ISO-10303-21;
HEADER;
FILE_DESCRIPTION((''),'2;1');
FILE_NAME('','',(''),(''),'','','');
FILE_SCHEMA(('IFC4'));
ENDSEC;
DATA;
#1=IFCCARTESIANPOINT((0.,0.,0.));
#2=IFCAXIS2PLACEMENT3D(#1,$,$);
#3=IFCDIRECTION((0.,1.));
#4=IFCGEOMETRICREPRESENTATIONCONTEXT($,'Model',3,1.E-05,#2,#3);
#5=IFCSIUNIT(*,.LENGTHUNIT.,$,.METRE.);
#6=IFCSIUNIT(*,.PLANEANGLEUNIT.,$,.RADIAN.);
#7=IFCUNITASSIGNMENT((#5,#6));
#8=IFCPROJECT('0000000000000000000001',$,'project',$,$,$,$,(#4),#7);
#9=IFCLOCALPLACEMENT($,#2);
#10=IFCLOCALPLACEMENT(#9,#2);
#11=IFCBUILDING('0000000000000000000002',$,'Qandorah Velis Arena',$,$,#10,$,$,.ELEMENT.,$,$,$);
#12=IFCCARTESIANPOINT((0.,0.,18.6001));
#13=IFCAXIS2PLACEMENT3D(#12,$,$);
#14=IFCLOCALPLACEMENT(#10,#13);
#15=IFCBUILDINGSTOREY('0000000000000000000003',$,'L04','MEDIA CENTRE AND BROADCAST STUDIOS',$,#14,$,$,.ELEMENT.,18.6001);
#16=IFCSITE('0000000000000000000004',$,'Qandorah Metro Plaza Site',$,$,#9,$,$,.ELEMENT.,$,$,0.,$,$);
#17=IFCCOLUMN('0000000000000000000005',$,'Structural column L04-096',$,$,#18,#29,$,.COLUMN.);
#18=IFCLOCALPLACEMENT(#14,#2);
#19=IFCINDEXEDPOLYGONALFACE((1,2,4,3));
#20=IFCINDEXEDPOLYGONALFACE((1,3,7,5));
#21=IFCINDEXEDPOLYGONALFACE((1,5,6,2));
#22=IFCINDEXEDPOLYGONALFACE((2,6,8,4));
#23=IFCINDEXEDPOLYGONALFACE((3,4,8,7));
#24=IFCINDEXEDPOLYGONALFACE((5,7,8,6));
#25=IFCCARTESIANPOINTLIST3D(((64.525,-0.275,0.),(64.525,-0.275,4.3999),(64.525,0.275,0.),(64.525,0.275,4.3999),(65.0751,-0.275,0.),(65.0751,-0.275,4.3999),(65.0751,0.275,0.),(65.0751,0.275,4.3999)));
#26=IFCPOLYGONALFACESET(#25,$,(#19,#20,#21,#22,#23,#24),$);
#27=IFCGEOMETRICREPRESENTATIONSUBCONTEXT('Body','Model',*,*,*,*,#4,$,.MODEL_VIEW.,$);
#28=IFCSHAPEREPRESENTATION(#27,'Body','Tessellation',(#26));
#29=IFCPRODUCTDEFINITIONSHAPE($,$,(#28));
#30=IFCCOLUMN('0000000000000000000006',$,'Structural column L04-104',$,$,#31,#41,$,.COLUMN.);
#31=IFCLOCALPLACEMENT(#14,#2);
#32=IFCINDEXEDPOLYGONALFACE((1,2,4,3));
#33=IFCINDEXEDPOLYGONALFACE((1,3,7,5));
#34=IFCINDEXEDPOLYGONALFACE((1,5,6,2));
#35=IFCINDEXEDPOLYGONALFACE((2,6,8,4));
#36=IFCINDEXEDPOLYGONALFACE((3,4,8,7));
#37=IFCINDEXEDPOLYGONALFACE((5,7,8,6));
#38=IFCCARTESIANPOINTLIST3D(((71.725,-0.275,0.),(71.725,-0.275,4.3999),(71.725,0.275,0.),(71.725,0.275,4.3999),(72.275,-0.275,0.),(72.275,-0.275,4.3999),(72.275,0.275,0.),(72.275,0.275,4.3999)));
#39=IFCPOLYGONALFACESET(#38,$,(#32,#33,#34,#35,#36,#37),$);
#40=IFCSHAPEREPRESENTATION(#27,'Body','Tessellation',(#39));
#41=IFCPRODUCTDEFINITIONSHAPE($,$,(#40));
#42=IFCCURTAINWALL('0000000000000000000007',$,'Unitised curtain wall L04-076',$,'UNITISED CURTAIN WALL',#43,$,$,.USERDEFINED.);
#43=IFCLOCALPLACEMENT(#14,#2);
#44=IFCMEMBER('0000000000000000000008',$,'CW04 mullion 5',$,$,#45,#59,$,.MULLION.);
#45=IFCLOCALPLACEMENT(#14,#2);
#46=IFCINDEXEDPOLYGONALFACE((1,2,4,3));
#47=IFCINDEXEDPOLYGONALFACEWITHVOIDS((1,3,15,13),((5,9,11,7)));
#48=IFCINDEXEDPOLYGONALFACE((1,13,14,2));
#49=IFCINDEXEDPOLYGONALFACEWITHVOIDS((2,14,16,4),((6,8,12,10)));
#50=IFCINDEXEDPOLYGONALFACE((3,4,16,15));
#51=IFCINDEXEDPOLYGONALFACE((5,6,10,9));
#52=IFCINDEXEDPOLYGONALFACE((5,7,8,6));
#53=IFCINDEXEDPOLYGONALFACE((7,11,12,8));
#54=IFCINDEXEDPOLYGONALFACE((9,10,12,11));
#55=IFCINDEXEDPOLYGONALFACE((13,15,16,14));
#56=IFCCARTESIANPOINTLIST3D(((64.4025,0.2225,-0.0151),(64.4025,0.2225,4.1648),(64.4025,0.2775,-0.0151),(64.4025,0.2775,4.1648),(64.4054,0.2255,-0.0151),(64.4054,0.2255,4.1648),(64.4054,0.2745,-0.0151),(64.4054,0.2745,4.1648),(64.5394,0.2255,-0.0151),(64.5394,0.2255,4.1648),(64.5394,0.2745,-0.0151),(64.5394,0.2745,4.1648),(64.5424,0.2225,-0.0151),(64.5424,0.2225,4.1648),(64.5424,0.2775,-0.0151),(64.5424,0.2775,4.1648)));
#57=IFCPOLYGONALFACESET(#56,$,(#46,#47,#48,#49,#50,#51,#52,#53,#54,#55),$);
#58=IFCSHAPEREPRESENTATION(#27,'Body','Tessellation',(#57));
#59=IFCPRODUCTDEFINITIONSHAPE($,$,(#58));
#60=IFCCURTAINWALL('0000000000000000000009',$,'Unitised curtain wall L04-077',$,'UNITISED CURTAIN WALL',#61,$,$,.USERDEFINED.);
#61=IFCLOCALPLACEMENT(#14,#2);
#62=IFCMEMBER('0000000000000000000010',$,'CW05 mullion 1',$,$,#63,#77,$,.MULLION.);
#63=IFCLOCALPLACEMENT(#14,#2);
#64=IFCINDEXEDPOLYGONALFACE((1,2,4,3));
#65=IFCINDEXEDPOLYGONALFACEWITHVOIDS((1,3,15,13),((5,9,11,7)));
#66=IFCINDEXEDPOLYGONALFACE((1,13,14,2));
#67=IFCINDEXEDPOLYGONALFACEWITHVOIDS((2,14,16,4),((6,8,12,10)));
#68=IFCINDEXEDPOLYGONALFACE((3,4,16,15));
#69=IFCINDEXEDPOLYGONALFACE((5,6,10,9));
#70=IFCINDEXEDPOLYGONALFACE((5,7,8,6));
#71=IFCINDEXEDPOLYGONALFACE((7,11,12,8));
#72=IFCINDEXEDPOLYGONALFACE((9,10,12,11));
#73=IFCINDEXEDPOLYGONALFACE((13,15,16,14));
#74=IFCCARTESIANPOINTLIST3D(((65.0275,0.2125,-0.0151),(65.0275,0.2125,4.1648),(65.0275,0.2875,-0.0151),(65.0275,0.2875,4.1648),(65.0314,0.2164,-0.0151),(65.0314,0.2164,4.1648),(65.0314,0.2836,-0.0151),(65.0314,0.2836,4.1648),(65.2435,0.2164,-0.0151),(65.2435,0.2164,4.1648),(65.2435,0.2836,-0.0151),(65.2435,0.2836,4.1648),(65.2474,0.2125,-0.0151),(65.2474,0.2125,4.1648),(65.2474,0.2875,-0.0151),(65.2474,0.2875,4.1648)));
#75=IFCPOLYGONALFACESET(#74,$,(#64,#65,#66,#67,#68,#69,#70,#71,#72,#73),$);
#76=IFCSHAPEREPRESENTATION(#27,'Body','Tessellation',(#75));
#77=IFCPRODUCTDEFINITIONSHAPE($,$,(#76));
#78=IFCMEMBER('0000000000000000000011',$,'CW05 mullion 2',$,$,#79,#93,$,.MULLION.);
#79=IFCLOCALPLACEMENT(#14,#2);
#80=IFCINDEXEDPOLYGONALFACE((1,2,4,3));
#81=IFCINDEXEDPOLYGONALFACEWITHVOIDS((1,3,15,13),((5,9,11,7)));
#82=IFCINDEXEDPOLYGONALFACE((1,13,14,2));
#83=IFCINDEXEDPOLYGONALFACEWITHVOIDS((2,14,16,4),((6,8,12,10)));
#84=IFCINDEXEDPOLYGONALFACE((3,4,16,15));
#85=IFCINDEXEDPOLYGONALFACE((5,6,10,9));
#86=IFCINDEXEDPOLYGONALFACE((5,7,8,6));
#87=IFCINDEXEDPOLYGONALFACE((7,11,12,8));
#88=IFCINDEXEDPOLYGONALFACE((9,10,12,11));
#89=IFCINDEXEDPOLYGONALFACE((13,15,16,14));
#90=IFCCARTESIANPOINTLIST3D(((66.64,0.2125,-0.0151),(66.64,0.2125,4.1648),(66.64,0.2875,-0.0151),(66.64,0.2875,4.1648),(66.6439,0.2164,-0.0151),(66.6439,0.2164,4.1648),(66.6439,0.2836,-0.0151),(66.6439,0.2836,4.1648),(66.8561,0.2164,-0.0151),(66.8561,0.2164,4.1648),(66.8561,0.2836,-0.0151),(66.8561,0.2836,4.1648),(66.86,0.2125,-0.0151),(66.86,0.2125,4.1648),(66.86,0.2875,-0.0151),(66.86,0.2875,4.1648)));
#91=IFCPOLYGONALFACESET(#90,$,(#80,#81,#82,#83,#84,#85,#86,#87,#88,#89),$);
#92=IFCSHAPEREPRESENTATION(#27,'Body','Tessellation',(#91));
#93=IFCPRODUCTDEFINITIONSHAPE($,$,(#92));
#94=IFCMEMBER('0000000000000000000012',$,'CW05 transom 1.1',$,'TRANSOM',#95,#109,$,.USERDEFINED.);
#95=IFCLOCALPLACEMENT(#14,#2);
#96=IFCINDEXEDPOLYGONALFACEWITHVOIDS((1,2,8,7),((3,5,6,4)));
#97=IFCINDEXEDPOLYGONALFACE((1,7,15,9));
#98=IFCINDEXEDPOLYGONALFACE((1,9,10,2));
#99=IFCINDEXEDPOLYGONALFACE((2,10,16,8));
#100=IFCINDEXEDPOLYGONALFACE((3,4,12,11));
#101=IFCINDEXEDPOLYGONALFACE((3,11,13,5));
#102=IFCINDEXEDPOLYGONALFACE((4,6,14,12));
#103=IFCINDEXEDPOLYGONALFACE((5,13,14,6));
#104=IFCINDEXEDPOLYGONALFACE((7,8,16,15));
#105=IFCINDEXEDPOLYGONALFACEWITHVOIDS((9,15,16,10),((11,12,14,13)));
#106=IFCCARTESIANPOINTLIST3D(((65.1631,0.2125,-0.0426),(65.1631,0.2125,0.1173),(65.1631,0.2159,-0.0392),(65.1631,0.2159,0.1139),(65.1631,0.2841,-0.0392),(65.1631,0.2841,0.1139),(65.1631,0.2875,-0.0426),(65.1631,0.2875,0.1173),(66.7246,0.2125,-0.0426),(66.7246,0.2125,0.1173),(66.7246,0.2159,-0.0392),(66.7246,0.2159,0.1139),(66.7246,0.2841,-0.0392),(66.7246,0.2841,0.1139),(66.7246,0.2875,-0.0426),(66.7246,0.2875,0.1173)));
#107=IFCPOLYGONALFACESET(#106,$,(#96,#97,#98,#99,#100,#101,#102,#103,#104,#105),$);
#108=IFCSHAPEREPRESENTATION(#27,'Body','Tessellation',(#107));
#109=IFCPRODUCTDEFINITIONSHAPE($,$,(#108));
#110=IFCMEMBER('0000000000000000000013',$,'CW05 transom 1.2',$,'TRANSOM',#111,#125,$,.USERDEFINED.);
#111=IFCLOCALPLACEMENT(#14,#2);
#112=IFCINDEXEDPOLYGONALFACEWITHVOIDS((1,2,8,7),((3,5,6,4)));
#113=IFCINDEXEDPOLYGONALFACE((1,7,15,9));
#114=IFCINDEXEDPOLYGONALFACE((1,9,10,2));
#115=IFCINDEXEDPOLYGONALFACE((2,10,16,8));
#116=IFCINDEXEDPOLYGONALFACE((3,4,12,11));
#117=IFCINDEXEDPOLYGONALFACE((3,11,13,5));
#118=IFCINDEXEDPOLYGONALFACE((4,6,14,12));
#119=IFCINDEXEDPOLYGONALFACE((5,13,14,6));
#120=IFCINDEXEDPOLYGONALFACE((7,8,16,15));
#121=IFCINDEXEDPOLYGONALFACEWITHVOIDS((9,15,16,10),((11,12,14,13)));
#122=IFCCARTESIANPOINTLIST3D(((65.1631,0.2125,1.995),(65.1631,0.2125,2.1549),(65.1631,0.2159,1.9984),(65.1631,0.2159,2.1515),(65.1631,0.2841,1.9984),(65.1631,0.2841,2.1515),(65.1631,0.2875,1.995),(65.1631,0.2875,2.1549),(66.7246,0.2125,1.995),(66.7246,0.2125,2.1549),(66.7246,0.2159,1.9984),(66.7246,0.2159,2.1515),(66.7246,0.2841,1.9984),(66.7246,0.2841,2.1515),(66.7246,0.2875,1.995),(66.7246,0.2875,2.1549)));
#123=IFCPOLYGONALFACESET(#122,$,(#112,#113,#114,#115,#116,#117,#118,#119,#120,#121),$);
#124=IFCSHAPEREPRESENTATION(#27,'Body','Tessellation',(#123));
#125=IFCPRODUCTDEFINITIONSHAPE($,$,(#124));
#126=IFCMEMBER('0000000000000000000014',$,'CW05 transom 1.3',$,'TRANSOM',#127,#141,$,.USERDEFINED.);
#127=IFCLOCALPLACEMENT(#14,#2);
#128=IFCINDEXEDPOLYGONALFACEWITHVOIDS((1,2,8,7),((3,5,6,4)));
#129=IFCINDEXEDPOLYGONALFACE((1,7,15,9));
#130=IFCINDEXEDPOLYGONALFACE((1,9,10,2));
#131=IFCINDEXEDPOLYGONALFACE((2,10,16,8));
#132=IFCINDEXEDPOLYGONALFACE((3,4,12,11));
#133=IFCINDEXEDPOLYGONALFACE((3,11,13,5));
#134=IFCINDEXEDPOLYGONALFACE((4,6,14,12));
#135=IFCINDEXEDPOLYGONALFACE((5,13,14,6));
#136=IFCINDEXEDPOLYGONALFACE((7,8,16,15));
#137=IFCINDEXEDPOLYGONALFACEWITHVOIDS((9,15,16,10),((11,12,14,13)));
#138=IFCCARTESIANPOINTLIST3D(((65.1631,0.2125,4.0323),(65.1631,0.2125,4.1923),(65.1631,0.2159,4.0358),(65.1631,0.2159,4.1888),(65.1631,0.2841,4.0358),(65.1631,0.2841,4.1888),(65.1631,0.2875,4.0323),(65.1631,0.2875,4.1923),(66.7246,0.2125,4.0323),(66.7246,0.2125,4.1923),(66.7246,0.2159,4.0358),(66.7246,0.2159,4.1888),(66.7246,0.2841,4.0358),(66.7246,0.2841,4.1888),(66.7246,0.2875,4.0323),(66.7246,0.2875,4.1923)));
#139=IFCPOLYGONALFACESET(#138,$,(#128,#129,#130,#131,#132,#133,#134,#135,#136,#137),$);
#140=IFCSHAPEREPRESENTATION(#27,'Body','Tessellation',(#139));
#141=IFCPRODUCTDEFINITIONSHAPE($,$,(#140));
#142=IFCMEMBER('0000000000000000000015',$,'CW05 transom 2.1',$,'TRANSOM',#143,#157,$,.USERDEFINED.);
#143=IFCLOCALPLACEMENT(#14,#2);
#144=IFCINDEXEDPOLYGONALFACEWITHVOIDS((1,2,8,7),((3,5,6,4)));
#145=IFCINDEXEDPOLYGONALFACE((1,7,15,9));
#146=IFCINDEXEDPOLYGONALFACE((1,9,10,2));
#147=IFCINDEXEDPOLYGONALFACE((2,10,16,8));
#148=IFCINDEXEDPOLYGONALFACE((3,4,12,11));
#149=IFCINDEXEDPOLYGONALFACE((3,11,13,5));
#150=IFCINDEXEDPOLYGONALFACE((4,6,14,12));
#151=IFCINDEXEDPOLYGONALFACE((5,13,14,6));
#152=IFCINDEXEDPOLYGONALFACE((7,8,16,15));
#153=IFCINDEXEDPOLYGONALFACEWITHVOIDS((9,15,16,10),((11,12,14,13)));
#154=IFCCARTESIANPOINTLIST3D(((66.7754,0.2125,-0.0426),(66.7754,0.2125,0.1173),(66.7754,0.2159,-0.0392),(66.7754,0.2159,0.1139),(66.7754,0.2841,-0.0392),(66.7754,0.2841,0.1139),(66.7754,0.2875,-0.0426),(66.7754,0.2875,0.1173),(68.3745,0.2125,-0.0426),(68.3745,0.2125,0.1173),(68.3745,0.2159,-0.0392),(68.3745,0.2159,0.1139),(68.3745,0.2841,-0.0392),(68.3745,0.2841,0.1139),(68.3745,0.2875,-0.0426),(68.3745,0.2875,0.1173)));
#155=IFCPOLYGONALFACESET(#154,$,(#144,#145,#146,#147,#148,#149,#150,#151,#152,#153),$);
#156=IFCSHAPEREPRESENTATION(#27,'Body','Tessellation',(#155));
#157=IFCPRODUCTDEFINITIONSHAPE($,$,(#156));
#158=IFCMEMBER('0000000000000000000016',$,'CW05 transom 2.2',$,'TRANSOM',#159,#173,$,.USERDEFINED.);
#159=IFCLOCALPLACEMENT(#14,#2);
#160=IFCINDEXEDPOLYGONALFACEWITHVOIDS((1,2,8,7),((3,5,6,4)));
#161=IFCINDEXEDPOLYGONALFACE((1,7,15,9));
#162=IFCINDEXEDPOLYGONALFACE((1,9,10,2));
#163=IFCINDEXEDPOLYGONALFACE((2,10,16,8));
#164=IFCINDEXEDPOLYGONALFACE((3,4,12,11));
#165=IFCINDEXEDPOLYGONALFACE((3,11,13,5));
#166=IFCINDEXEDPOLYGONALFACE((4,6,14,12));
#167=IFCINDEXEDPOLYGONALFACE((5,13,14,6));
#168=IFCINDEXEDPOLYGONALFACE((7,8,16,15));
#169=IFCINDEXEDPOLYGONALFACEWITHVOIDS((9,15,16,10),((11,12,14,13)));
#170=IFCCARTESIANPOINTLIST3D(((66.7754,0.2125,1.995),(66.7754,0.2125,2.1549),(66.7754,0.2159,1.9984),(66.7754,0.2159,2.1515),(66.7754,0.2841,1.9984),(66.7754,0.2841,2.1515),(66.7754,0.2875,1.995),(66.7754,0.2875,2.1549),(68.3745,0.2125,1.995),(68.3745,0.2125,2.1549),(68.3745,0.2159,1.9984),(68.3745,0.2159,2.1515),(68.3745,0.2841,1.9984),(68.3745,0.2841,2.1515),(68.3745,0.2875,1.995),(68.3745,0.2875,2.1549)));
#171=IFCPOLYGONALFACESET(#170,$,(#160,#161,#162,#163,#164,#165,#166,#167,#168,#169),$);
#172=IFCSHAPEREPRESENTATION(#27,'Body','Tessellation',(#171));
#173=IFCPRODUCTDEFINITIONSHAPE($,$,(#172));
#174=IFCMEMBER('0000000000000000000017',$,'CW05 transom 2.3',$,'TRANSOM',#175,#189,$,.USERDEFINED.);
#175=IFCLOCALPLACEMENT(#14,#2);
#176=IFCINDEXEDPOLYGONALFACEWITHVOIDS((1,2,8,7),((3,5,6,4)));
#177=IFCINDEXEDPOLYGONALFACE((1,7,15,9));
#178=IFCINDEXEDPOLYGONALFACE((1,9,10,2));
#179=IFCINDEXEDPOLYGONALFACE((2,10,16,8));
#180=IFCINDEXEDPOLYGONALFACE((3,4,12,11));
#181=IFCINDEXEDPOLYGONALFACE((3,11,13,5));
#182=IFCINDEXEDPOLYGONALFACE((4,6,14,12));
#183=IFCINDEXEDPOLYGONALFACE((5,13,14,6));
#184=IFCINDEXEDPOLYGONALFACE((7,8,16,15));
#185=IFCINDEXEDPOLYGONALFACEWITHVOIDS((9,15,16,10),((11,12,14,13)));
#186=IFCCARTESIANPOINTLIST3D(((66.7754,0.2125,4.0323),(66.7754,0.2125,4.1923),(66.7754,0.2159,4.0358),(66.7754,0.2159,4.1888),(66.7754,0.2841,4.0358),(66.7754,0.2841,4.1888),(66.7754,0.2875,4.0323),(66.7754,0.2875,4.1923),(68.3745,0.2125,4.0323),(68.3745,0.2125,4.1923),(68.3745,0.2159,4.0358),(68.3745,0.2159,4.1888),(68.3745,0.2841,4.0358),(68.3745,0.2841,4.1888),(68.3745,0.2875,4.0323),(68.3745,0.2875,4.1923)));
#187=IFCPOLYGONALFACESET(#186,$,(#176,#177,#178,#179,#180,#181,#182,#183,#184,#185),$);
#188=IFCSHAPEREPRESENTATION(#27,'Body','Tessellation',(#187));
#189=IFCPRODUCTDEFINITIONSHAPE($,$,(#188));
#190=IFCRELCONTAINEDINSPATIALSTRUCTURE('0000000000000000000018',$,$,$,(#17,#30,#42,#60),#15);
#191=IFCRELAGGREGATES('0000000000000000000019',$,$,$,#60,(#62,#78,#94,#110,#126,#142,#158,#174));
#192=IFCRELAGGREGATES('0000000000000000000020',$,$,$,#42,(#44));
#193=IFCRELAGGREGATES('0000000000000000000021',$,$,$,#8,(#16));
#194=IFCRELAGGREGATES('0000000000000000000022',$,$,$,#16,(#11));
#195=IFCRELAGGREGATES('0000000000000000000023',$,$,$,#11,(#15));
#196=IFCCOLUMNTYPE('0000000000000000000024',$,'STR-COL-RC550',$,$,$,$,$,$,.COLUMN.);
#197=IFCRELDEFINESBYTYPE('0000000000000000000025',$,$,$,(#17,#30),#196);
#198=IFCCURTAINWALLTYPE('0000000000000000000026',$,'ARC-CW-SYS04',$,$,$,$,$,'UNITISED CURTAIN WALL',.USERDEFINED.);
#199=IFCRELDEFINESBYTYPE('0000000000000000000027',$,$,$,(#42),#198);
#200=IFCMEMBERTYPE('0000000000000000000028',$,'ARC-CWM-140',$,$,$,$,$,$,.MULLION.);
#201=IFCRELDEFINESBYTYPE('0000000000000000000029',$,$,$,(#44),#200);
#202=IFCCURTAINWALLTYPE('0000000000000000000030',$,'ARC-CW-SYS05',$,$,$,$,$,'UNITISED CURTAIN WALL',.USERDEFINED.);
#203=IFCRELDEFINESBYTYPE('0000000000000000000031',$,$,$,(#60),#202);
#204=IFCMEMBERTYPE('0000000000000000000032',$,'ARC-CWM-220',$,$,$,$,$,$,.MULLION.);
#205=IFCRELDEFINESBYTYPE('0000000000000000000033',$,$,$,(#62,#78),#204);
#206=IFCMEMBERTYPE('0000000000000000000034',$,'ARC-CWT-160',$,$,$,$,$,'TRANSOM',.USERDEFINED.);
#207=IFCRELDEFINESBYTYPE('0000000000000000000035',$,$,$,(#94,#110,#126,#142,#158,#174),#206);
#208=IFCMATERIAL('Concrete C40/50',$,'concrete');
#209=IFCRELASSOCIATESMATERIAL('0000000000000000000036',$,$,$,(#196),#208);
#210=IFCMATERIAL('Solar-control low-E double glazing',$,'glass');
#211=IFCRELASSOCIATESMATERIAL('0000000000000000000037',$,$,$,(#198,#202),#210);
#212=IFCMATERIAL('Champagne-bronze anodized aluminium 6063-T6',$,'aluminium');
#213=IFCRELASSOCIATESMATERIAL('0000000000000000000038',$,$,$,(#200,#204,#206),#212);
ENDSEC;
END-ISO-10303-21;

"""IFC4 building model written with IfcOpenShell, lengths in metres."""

from ifc_helpers import new_model, si_unit, direction, frame, origin, origin_2d, place, context, subcontext, project, spatial, rectangle, hollow_rectangle, extrude, material, material_profile, profile_set, type_object, element, aggregate, save


model = new_model("IFC4")

# Units and contexts
model_context = context("Model", 3, precision=1e-05, world=origin(), true_north=direction((0.0, 1.0)))
body_context = subcontext(model_context, "Body", "Model", "MODEL_VIEW")
ifc_project = project(units=[si_unit("LENGTHUNIT", "METRE"), si_unit("PLANEANGLEUNIT", "RADIAN")], contexts=[model_context])

# Site, building, storey
site_placement = place(None, origin())
site = spatial("IfcSite", under=ifc_project, at=site_placement, Name="Qandorah Metro Plaza Site", CompositionType="ELEMENT", RefElevation=0.0)
building_placement = place(site_placement, origin())
building = spatial("IfcBuilding", under=site, at=building_placement, Name="Qandorah Velis Arena", CompositionType="ELEMENT")
storey_placement = place(building_placement, frame((0.0, 0.0, 18.6001)))
storey = spatial("IfcBuildingStorey", under=building, at=storey_placement, Name="L04", Description="MEDIA CENTRE AND BROADCAST STUDIOS", CompositionType="ELEMENT", Elevation=18.6001)

# Columns
ifc_material_1 = material(Name="Concrete C40/50", Category="concrete")
ifc_material_profile_1 = material_profile(ifc_material_1, rectangle(XDim=0.55, YDim=0.55, at=origin_2d()), Name="RC COL 550x550")
ifc_profile_set_1 = profile_set([ifc_material_profile_1], Name="Concrete C40/50")
column_type = type_object("IfcColumnType", Name="STR-COL-RC550", PredefinedType="COLUMN", material=ifc_profile_set_1)
for number, where, z_axis, x_axis, name in (
    (1, (64.8, 0.0, 0.0), (0.0, 0.0, 1.0), (1.0, 0.0, 0.0), "Structural column L04-096"),
    (2, (72.0, 0.0, 0.0), (0.0, 0.0, 1.0), (1.0, 0.0, 0.0), "Structural column L04-104"),
):
    element("IfcColumn", number, at=place(storey_placement, frame(where, z_axis=z_axis, x_axis=x_axis)), inside=storey, type_object=column_type, Name=name, PredefinedType="COLUMN", context=body_context, shape_type="SweptSolid", body=[
        extrude(rectangle(XDim=0.55, YDim=0.55, at=origin_2d()), origin(), (0.0, 0.0, 1.0), 4.3999),
    ])

# Curtain wall, member
ifc_material_2 = material(Name="Solar-control low-E double glazing", Category="glass")
curtain_wall_type_1 = type_object("IfcCurtainWallType", Name="ARC-CW-SYS04", ElementType="UNITISED CURTAIN WALL", PredefinedType="USERDEFINED", material=ifc_material_2)
curtain_wall_1_placement = place(storey_placement, origin())
curtain_wall_1 = element("IfcCurtainWall", 3, at=curtain_wall_1_placement, inside=storey, type_object=curtain_wall_type_1, Name="Unitised curtain wall L04-076", ObjectType="UNITISED CURTAIN WALL", PredefinedType="USERDEFINED")
ifc_material_3 = material(Name="Champagne-bronze anodized aluminium 6063-T6", Category="aluminium")
ifc_material_profile_2 = material_profile(ifc_material_3, hollow_rectangle(XDim=0.0549, YDim=0.1399, WallThickness=0.0029, at=origin_2d()), Name="ALU MULLION 55x140")
ifc_profile_set_2 = profile_set([ifc_material_profile_2], Name="Champagne-bronze anodized aluminium 6063-T6")
member_type_1 = type_object("IfcMemberType", Name="ARC-CWM-140", PredefinedType="MULLION", material=ifc_profile_set_2)
member_1_placement = place(storey_placement, frame((64.4724, 0.25, -0.0151), z_axis=(0.0, 0.0, 1.0), x_axis=(0.0, 1.0, 0.0)))
member_1 = element("IfcMember", 4, at=member_1_placement, type_object=member_type_1, Name="CW04 mullion 5", PredefinedType="MULLION", context=body_context, shape_type="SweptSolid", body=[
    extrude(hollow_rectangle(XDim=0.0549, YDim=0.1399, WallThickness=0.0029, at=origin_2d()), origin(), (0.0, 0.0, 1.0), 4.1799),
])

# Curtain wall, members
curtain_wall_type_2 = type_object("IfcCurtainWallType", Name="ARC-CW-SYS05", ElementType="UNITISED CURTAIN WALL", PredefinedType="USERDEFINED", material=ifc_material_2)
curtain_wall_2_placement = place(storey_placement, origin())
curtain_wall_2 = element("IfcCurtainWall", 5, at=curtain_wall_2_placement, inside=storey, type_object=curtain_wall_type_2, Name="Unitised curtain wall L04-077", ObjectType="UNITISED CURTAIN WALL", PredefinedType="USERDEFINED")
ifc_material_profile_3 = material_profile(ifc_material_3, hollow_rectangle(XDim=0.075, YDim=0.22, WallThickness=0.0039, at=origin_2d()), Name="ALU MULLION 75x220")
ifc_profile_set_3 = profile_set([ifc_material_profile_3], Name="Champagne-bronze anodized aluminium 6063-T6")
member_type_2 = type_object("IfcMemberType", Name="ARC-CWM-220", PredefinedType="MULLION", material=ifc_profile_set_3)
member_2_placement = place(storey_placement, frame((65.1375, 0.25, -0.0151), z_axis=(0.0, 0.0, 1.0), x_axis=(0.0, 1.0, 0.0)))
member_2 = element("IfcMember", 6, at=member_2_placement, type_object=member_type_2, Name="CW05 mullion 1", PredefinedType="MULLION", context=body_context, shape_type="SweptSolid", body=[
    extrude(hollow_rectangle(XDim=0.075, YDim=0.22, WallThickness=0.0039, at=origin_2d()), origin(), (0.0, 0.0, 1.0), 4.1799),
])
member_3_placement = place(storey_placement, frame((66.75, 0.25, -0.0151), z_axis=(0.0, 0.0, 1.0), x_axis=(0.0, 1.0, 0.0)))
member_3 = element("IfcMember", 7, at=member_3_placement, type_object=member_type_2, Name="CW05 mullion 2", PredefinedType="MULLION", context=body_context, shape_type="SweptSolid", body=[
    extrude(hollow_rectangle(XDim=0.075, YDim=0.22, WallThickness=0.0039, at=origin_2d()), origin(), (0.0, 0.0, 1.0), 4.1799),
])
ifc_material_profile_4 = material_profile(ifc_material_3, hollow_rectangle(XDim=0.075, YDim=0.1599, WallThickness=0.0034, at=origin_2d()), Name="ALU TRANSOM 75x160")
ifc_profile_set_4 = profile_set([ifc_material_profile_4], Name="Champagne-bronze anodized aluminium 6063-T6")
member_type_3 = type_object("IfcMemberType", Name="ARC-CWT-160", ElementType="TRANSOM", PredefinedType="USERDEFINED", material=ifc_profile_set_4)
member_4_placement = place(storey_placement, frame((65.1631, 0.25, 0.0374), z_axis=(1.0, 0.0, 0.0), x_axis=(0.0, 1.0, 0.0)))
member_4 = element("IfcMember", 8, at=member_4_placement, type_object=member_type_3, Name="CW05 transom 1.1", ObjectType="TRANSOM", PredefinedType="USERDEFINED", context=body_context, shape_type="SweptSolid", body=[
    extrude(hollow_rectangle(XDim=0.075, YDim=0.1599, WallThickness=0.0034, at=origin_2d()), origin(), (0.0, 0.0, 1.0), 1.5615),
])
member_5_placement = place(storey_placement, frame((65.1631, 0.25, 2.075), z_axis=(1.0, 0.0, 0.0), x_axis=(0.0, 1.0, 0.0)))
member_5 = element("IfcMember", 9, at=member_5_placement, type_object=member_type_3, Name="CW05 transom 1.2", ObjectType="TRANSOM", PredefinedType="USERDEFINED", context=body_context, shape_type="SweptSolid", body=[
    extrude(hollow_rectangle(XDim=0.075, YDim=0.1599, WallThickness=0.0034, at=origin_2d()), origin(), (0.0, 0.0, 1.0), 1.5615),
])
member_6_placement = place(storey_placement, frame((65.1631, 0.25, 4.1123), z_axis=(1.0, 0.0, 0.0), x_axis=(0.0, 1.0, 0.0)))
member_6 = element("IfcMember", 10, at=member_6_placement, type_object=member_type_3, Name="CW05 transom 1.3", ObjectType="TRANSOM", PredefinedType="USERDEFINED", context=body_context, shape_type="SweptSolid", body=[
    extrude(hollow_rectangle(XDim=0.075, YDim=0.1599, WallThickness=0.0034, at=origin_2d()), origin(), (0.0, 0.0, 1.0), 1.5615),
])
member_7_placement = place(storey_placement, frame((66.7754, 0.25, 0.0374), z_axis=(1.0, 0.0, 0.0), x_axis=(0.0, 1.0, 0.0)))
member_7 = element("IfcMember", 11, at=member_7_placement, type_object=member_type_3, Name="CW05 transom 2.1", ObjectType="TRANSOM", PredefinedType="USERDEFINED", context=body_context, shape_type="SweptSolid", body=[
    extrude(hollow_rectangle(XDim=0.075, YDim=0.1599, WallThickness=0.0034, at=origin_2d()), origin(), (0.0, 0.0, 1.0), 1.5991),
])
member_8_placement = place(storey_placement, frame((66.7754, 0.25, 2.075), z_axis=(1.0, 0.0, 0.0), x_axis=(0.0, 1.0, 0.0)))
member_8 = element("IfcMember", 12, at=member_8_placement, type_object=member_type_3, Name="CW05 transom 2.2", ObjectType="TRANSOM", PredefinedType="USERDEFINED", context=body_context, shape_type="SweptSolid", body=[
    extrude(hollow_rectangle(XDim=0.075, YDim=0.1599, WallThickness=0.0034, at=origin_2d()), origin(), (0.0, 0.0, 1.0), 1.5991),
])
member_9_placement = place(storey_placement, frame((66.7754, 0.25, 4.1123), z_axis=(1.0, 0.0, 0.0), x_axis=(0.0, 1.0, 0.0)))
member_9 = element("IfcMember", 13, at=member_9_placement, type_object=member_type_3, Name="CW05 transom 2.3", ObjectType="TRANSOM", PredefinedType="USERDEFINED", context=body_context, shape_type="SweptSolid", body=[
    extrude(hollow_rectangle(XDim=0.075, YDim=0.1599, WallThickness=0.0034, at=origin_2d()), origin(), (0.0, 0.0, 1.0), 1.5991),
])

aggregate(curtain_wall_2, [member_2, member_3, member_4, member_5, member_6, member_7, member_8, member_9])
aggregate(curtain_wall_1, [member_1])

save(model, "model.ifc")
